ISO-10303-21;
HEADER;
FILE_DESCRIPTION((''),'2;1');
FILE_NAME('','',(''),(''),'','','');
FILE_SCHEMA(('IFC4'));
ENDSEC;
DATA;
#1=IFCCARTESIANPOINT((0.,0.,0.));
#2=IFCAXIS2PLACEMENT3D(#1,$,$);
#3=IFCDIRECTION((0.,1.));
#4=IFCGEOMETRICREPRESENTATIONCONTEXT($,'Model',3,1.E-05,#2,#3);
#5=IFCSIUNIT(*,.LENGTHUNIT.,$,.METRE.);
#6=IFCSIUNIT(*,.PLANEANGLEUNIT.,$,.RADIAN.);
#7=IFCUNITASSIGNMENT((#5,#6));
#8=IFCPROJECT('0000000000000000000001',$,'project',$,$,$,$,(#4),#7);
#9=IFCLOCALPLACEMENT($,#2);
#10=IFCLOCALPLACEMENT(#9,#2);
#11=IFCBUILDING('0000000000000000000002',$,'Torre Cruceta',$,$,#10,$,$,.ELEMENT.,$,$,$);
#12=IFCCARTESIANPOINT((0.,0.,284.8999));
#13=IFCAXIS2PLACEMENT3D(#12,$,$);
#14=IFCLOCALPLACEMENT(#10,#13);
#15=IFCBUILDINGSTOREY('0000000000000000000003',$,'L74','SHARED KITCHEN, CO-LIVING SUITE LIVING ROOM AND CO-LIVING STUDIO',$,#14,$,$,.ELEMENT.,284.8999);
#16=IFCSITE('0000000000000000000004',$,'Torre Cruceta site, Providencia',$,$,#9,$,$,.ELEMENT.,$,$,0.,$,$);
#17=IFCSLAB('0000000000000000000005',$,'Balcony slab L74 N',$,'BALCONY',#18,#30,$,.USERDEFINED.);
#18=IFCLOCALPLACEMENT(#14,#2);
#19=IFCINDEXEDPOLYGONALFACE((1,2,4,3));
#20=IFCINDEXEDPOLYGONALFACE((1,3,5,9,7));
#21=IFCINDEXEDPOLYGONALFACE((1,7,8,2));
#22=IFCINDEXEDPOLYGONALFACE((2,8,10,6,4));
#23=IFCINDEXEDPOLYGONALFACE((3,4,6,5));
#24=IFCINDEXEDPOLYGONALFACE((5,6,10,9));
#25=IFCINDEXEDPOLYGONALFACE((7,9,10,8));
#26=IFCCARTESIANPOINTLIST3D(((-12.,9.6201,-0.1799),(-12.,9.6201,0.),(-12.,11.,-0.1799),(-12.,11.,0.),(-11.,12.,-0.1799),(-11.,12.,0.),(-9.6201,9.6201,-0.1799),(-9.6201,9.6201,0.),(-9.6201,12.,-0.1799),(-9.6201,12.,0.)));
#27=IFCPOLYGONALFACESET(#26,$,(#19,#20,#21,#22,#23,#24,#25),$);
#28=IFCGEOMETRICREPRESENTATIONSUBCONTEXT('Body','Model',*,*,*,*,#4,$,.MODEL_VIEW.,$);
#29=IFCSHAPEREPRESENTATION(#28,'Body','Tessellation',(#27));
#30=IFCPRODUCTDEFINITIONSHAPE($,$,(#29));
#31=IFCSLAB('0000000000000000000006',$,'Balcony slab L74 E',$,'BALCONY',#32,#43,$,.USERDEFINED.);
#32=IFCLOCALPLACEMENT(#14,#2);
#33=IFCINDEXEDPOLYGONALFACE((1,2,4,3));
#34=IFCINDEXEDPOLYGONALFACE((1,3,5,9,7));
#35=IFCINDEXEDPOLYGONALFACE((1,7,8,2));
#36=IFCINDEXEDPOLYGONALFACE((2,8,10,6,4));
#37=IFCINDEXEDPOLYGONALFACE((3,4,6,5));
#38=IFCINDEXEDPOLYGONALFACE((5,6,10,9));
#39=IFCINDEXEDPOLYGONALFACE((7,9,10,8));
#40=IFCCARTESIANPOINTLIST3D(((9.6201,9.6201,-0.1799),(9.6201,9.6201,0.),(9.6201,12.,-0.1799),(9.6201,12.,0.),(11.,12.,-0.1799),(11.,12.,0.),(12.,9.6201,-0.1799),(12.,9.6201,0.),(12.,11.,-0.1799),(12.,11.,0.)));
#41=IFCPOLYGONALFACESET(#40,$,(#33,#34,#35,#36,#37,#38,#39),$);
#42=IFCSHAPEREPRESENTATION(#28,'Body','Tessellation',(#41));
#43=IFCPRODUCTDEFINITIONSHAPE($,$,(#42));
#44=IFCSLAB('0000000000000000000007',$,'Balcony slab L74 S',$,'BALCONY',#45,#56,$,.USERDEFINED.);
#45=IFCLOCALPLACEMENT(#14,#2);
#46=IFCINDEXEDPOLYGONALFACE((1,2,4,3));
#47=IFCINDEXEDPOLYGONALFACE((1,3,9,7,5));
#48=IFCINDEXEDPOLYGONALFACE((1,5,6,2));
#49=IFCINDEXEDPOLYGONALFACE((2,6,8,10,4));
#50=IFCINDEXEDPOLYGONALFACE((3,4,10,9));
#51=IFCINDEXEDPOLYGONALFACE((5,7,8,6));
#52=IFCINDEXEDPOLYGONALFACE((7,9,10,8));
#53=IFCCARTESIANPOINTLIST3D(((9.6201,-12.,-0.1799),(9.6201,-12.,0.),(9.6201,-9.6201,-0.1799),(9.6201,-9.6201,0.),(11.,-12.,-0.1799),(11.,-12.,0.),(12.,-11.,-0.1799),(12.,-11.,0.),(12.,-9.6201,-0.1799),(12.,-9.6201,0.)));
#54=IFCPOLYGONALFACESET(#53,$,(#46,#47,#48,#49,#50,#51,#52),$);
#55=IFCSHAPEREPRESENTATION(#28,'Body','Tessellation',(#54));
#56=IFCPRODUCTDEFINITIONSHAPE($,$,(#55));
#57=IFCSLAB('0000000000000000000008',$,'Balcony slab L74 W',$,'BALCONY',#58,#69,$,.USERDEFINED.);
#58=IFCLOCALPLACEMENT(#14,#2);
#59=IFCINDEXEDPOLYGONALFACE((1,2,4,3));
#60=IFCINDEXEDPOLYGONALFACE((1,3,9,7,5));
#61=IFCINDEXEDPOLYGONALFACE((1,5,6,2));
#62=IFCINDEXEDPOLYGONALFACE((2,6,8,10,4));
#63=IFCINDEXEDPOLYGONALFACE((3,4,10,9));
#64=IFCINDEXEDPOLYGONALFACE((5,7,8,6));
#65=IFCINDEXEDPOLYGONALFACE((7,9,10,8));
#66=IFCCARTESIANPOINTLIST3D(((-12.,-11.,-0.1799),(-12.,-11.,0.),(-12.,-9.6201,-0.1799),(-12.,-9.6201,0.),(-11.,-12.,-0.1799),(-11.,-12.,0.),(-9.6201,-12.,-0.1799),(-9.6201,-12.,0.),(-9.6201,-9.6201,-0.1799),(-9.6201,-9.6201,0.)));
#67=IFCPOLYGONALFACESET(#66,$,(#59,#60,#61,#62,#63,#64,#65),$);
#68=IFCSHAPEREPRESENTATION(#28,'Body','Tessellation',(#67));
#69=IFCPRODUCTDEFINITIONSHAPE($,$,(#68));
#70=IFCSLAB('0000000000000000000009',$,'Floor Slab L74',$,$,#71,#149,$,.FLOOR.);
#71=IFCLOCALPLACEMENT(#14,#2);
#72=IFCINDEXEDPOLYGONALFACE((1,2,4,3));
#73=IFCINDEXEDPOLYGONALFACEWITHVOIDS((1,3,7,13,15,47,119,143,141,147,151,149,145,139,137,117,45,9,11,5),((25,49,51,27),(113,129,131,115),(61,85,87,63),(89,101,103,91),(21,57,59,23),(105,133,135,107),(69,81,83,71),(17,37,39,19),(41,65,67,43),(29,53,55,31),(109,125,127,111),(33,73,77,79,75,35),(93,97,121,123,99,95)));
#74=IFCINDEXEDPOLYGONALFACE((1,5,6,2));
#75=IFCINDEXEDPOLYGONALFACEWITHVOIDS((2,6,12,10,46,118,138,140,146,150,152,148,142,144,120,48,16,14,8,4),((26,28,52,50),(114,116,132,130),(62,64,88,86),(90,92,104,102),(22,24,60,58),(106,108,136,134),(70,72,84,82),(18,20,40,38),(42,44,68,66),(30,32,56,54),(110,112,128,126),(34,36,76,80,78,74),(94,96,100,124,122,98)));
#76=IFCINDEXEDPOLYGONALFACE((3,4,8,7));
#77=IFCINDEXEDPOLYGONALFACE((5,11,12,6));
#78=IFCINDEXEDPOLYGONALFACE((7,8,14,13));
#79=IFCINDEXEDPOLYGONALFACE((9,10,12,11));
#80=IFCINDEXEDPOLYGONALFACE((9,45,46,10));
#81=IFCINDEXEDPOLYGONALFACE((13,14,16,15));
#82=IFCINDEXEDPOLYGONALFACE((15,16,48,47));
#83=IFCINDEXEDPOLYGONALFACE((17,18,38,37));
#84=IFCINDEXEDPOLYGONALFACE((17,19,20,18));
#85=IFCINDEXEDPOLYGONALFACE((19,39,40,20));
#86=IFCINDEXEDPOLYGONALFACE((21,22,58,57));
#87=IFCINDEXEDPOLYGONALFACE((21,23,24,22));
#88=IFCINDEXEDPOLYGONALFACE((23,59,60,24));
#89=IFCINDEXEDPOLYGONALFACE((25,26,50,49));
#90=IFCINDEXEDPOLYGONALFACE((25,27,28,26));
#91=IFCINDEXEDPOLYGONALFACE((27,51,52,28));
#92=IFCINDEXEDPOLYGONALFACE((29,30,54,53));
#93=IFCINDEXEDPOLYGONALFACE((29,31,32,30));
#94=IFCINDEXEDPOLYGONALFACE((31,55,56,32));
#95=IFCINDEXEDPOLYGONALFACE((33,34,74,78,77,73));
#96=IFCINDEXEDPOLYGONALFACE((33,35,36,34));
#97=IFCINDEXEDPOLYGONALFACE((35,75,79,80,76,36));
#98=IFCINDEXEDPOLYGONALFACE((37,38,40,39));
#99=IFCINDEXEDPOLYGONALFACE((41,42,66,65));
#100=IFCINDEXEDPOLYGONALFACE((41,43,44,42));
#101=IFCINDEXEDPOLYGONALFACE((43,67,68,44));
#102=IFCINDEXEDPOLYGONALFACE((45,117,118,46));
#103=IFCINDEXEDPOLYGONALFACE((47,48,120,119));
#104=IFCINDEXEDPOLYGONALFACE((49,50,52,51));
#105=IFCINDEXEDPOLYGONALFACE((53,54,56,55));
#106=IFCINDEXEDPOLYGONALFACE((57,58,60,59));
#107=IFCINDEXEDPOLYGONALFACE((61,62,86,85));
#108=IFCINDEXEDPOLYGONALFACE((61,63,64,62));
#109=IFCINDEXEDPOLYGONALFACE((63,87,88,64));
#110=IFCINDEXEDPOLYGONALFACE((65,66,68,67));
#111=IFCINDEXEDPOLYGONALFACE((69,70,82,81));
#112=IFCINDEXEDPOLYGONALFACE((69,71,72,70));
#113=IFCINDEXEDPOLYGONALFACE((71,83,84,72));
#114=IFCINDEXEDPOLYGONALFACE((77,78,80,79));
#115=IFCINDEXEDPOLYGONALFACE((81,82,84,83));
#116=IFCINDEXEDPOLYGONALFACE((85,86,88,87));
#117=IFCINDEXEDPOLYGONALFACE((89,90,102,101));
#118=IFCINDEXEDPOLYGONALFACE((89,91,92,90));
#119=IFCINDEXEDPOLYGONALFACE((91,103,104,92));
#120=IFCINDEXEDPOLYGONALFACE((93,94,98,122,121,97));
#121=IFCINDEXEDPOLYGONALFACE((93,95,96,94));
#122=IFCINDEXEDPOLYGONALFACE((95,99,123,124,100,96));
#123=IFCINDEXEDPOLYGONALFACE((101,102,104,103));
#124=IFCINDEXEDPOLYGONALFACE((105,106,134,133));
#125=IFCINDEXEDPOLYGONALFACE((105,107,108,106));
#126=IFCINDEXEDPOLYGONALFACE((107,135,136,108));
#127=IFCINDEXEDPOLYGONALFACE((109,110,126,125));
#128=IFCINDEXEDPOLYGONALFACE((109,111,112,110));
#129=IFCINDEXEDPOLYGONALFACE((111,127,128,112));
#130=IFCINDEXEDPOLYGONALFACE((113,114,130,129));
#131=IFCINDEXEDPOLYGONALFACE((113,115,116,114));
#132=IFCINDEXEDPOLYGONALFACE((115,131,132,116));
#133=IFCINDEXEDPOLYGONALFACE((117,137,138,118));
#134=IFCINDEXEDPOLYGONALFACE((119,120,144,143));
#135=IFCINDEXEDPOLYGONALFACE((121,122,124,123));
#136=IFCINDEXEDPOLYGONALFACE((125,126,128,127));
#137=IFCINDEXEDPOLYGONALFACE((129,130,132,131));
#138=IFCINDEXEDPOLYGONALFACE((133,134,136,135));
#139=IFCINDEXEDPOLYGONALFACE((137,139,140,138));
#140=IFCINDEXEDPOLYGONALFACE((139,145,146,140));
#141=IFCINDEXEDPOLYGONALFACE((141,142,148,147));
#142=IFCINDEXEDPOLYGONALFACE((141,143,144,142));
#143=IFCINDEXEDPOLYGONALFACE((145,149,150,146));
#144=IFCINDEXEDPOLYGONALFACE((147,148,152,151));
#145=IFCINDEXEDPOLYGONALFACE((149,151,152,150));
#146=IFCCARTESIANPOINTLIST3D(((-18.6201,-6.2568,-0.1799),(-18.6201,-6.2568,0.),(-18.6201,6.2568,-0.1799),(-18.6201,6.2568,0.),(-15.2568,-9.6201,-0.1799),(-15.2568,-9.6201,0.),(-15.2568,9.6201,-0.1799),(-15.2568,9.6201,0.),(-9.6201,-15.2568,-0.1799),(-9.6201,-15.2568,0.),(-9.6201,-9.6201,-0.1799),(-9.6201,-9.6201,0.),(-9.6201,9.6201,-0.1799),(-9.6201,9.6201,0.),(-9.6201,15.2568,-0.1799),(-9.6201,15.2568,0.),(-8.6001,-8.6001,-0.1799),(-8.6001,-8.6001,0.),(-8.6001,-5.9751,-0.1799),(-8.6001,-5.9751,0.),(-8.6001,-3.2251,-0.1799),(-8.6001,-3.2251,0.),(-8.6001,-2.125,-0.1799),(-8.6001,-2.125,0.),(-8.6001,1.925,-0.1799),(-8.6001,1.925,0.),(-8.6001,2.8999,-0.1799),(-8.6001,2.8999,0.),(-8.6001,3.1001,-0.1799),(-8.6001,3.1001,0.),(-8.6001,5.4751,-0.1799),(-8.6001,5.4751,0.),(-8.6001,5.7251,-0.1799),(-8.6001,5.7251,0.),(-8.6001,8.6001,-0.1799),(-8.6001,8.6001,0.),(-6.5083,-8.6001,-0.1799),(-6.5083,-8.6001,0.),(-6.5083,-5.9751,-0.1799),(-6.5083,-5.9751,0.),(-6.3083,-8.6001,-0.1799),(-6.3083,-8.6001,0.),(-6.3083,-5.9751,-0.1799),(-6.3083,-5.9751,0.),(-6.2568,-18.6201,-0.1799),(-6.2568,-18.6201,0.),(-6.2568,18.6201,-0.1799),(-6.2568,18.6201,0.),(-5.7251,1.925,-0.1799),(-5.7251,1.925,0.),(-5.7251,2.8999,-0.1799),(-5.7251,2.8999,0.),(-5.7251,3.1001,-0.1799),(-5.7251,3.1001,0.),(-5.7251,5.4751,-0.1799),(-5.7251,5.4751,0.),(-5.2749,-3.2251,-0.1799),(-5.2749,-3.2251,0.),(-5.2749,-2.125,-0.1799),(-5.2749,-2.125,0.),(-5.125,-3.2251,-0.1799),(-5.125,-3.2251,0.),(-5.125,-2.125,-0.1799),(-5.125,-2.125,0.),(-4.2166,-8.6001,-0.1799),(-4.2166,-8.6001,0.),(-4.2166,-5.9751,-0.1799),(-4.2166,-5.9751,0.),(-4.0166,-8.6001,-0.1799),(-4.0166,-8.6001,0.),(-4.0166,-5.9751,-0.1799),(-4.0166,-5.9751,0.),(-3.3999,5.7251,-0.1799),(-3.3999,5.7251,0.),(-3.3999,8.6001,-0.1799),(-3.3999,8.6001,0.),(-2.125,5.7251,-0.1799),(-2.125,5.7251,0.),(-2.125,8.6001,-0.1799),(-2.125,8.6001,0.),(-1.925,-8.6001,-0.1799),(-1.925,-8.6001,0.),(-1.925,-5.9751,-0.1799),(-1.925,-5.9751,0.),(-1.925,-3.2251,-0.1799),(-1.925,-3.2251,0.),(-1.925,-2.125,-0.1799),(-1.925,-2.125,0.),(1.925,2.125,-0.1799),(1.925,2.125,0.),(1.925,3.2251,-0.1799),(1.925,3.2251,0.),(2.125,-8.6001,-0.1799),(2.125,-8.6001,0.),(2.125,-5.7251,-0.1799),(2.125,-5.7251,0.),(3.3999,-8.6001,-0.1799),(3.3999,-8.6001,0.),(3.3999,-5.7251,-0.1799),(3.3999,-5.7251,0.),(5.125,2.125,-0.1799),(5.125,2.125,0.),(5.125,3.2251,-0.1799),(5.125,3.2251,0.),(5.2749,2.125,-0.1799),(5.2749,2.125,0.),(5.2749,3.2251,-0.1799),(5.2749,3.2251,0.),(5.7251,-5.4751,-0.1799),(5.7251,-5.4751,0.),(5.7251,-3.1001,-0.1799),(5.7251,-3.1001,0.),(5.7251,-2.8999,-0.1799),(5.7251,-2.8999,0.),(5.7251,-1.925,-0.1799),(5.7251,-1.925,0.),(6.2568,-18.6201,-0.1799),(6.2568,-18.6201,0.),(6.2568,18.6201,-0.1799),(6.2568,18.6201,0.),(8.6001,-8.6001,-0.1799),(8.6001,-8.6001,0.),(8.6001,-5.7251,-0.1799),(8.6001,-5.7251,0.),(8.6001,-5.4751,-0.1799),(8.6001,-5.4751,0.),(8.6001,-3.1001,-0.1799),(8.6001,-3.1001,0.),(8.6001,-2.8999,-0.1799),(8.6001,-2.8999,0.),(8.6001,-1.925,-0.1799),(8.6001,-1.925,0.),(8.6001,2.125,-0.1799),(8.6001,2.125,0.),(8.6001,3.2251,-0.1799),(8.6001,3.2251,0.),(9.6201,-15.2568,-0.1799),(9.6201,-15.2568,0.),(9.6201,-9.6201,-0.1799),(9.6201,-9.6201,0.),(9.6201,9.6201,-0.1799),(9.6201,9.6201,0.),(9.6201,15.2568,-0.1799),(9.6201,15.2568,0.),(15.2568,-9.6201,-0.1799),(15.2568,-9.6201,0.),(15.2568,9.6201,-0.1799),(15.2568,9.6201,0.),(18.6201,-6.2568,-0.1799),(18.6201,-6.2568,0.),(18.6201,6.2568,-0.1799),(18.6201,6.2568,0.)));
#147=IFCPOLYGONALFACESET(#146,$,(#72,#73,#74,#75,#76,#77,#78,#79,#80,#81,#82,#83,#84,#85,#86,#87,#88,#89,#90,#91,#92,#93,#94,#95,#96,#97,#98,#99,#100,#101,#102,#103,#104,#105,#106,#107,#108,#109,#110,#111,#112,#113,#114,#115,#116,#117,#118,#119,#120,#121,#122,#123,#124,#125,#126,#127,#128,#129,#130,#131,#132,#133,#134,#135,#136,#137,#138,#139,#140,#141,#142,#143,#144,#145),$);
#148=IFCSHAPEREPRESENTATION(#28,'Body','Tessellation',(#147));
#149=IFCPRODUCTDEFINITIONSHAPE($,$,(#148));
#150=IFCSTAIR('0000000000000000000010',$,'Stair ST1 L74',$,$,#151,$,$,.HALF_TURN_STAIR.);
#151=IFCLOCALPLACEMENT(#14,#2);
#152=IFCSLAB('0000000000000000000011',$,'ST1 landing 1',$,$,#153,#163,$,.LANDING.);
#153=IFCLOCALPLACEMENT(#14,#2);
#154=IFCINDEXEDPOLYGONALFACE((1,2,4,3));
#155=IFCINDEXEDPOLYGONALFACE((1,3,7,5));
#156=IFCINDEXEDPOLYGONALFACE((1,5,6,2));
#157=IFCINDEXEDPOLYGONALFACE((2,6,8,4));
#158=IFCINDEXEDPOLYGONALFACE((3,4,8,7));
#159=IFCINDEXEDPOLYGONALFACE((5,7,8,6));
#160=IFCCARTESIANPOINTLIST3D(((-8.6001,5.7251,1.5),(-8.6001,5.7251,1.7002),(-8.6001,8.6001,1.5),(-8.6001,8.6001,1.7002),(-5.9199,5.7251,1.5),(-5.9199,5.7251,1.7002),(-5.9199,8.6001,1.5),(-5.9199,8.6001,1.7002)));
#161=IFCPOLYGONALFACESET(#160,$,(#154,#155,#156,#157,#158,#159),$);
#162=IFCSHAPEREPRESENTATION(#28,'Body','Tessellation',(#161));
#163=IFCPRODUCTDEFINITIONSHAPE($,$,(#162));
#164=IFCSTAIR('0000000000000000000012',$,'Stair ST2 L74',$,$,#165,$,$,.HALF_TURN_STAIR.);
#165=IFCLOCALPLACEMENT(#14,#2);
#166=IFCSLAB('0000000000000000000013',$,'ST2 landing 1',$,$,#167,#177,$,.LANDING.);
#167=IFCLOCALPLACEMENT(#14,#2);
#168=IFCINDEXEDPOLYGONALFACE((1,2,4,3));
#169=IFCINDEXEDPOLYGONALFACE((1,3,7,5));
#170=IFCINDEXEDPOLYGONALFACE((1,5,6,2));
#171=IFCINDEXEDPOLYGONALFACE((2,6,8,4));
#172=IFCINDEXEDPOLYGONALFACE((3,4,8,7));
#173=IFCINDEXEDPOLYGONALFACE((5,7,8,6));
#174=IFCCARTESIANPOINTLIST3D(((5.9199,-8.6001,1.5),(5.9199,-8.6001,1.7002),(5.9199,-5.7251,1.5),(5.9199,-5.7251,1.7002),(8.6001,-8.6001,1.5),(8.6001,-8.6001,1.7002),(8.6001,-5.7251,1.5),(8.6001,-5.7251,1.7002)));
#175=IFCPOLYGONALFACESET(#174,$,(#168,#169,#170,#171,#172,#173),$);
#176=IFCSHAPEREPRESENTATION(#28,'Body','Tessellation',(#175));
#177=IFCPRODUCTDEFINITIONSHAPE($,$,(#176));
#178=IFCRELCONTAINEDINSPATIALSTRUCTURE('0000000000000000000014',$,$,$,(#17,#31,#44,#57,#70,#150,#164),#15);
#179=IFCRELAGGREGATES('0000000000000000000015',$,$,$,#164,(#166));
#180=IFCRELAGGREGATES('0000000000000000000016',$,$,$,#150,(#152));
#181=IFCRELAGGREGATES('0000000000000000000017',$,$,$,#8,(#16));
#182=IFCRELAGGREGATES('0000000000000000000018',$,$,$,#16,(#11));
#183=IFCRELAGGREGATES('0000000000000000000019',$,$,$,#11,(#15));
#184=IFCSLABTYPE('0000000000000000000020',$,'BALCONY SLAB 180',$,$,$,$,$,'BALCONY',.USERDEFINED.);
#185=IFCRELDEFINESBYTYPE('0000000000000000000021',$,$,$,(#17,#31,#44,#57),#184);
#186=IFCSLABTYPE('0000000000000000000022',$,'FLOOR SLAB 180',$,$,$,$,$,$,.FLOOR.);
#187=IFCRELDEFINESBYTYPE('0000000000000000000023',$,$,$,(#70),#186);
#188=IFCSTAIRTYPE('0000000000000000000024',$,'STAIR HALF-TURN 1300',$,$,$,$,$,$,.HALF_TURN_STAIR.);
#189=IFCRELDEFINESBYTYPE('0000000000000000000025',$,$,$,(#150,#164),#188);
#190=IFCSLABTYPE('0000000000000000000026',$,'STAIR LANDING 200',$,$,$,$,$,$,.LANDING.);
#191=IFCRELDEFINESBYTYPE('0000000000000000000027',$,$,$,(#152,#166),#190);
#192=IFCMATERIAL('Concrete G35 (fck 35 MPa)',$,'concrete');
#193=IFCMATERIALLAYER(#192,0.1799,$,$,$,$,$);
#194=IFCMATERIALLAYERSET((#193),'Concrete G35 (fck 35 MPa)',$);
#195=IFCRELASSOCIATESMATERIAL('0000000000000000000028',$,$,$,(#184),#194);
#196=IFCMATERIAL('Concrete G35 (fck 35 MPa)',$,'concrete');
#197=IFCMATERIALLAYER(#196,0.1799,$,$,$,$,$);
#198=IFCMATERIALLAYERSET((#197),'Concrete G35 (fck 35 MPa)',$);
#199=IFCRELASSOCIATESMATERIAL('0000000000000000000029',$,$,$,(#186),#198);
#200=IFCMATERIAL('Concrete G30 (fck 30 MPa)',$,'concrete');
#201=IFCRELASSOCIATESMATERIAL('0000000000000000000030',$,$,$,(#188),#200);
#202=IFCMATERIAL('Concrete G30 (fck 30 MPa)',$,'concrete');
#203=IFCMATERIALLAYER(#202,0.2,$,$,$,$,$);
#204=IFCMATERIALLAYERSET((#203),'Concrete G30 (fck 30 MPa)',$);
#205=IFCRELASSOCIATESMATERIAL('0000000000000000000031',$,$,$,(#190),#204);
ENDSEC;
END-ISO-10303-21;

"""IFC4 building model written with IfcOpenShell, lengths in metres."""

from ifc_helpers import new_model, si_unit, direction, frame, origin, place, context, subcontext, project, spatial, polyline, outline, extrude, material, layer, layer_set, type_object, element, aggregate, save


model = new_model("IFC4")

# Units and contexts
model_context = context("Model", 3, precision=1e-05, world=origin(), true_north=direction((0.0, 1.0)))
body_context = subcontext(model_context, "Body", "Model", "MODEL_VIEW")
ifc_project = project(units=[si_unit("LENGTHUNIT", "METRE"), si_unit("PLANEANGLEUNIT", "RADIAN")], contexts=[model_context])

# Site, building, storey
site_placement = place(None, origin())
site = spatial("IfcSite", under=ifc_project, at=site_placement, Name="Torre Cruceta site, Providencia", CompositionType="ELEMENT", RefElevation=0.0)
building_placement = place(site_placement, origin())
building = spatial("IfcBuilding", under=site, at=building_placement, Name="Torre Cruceta", CompositionType="ELEMENT")
storey_placement = place(building_placement, frame((0.0, 0.0, 284.8999)))
storey = spatial("IfcBuildingStorey", under=building, at=storey_placement, Name="L74", Description="SHARED KITCHEN, CO-LIVING SUITE LIVING ROOM AND CO-LIVING STUDIO", CompositionType="ELEMENT", Elevation=284.8999)

# Slabs
ifc_material_1 = material(Name="Concrete G35 (fck 35 MPa)", Category="concrete")
ifc_layer_1 = layer(ifc_material_1, 0.1799)
ifc_layer_set_1 = layer_set([ifc_layer_1], Name="Concrete G35 (fck 35 MPa)")
slab_type_1 = type_object("IfcSlabType", Name="BALCONY SLAB 180", ElementType="BALCONY", PredefinedType="USERDEFINED", material=ifc_layer_set_1)
slab_1_placement = place(storey_placement, frame((0.0, 0.0, -0.1799)))
element("IfcSlab", 1, at=slab_1_placement, inside=storey, type_object=slab_type_1, Name="Balcony slab L74 N", ObjectType="BALCONY", PredefinedType="USERDEFINED", context=body_context, shape_type="SweptSolid", body=[
    extrude(outline(polyline([(-12.0, 11.0), (-11.0, 12.0), (-9.6201, 12.0), (-9.6201, 9.6201), (-12.0, 9.6201), (-12.0, 11.0)])), origin(), (0.0, 0.0, 1.0), 0.1799),
])
slab_2_placement = place(storey_placement, frame((0.0, 0.0, -0.1799)))
element("IfcSlab", 2, at=slab_2_placement, inside=storey, type_object=slab_type_1, Name="Balcony slab L74 E", ObjectType="BALCONY", PredefinedType="USERDEFINED", context=body_context, shape_type="SweptSolid", body=[
    extrude(outline(polyline([(11.0, 12.0), (12.0, 11.0), (12.0, 9.6201), (9.6201, 9.6201), (9.6201, 12.0), (11.0, 12.0)])), origin(), (0.0, 0.0, 1.0), 0.1799),
])
slab_3_placement = place(storey_placement, frame((0.0, 0.0, -0.1799)))
element("IfcSlab", 3, at=slab_3_placement, inside=storey, type_object=slab_type_1, Name="Balcony slab L74 S", ObjectType="BALCONY", PredefinedType="USERDEFINED", context=body_context, shape_type="SweptSolid", body=[
    extrude(outline(polyline([(12.0, -11.0), (11.0, -12.0), (9.6201, -12.0), (9.6201, -9.6201), (12.0, -9.6201), (12.0, -11.0)])), origin(), (0.0, 0.0, 1.0), 0.1799),
])
slab_4_placement = place(storey_placement, frame((0.0, 0.0, -0.1799)))
element("IfcSlab", 4, at=slab_4_placement, inside=storey, type_object=slab_type_1, Name="Balcony slab L74 W", ObjectType="BALCONY", PredefinedType="USERDEFINED", context=body_context, shape_type="SweptSolid", body=[
    extrude(outline(polyline([(-11.0, -12.0), (-12.0, -11.0), (-12.0, -9.6201), (-9.6201, -9.6201), (-9.6201, -12.0), (-11.0, -12.0)])), origin(), (0.0, 0.0, 1.0), 0.1799),
])
ifc_material_2 = material(Name="Concrete G35 (fck 35 MPa)", Category="concrete")
ifc_layer_2 = layer(ifc_material_2, 0.1799)
ifc_layer_set_2 = layer_set([ifc_layer_2], Name="Concrete G35 (fck 35 MPa)")
slab_type_2 = type_object("IfcSlabType", Name="FLOOR SLAB 180", PredefinedType="FLOOR", material=ifc_layer_set_2)
slab_5_placement = place(storey_placement, frame((0.0, 0.0, -0.1799)))
element("IfcSlab", 5, at=slab_5_placement, inside=storey, type_object=slab_type_2, Name="Floor Slab L74", PredefinedType="FLOOR", context=body_context, shape_type="SweptSolid", body=[
    extrude(outline(polyline([(9.6201, -9.6201), (9.6201, -15.2568), (6.2568, -18.6201), (-6.2568, -18.6201), (-9.6201, -15.2568), (-9.6201, -9.6201), (-15.2568, -9.6201), (-18.6201, -6.2568), (-18.6201, 6.2568), (-15.2568, 9.6201), (-9.6201, 9.6201), (-9.6201, 15.2568), (-6.2568, 18.6201), (6.2568, 18.6201), (9.6201, 15.2568), (9.6201, 9.6201), (15.2568, 9.6201), (18.6201, 6.2568), (18.6201, -6.2568), (15.2568, -9.6201), (9.6201, -9.6201)]), holes=[polyline([(1.925, 2.125), (5.125, 2.125), (5.125, 3.2251), (1.925, 3.2251), (1.925, 2.125)]), polyline([(5.2749, 2.125), (8.6001, 2.125), (8.6001, 3.2251), (5.2749, 3.2251), (5.2749, 2.125)]), polyline([(-8.6001, 3.1001), (-5.7251, 3.1001), (-5.7251, 5.4751), (-8.6001, 5.4751), (-8.6001, 3.1001)]), polyline([(-8.6001, 1.925), (-5.7251, 1.925), (-5.7251, 2.8999), (-8.6001, 2.8999), (-8.6001, 1.925)]), polyline([(-4.0166, -8.6001), (-1.925, -8.6001), (-1.925, -5.9751), (-4.0166, -5.9751), (-4.0166, -8.6001)]), polyline([(-6.3083, -8.6001), (-4.2166, -8.6001), (-4.2166, -5.9751), (-6.3083, -5.9751), (-6.3083, -8.6001)]), polyline([(-8.6001, -8.6001), (-6.5083, -8.6001), (-6.5083, -5.9751), (-8.6001, -5.9751), (-8.6001, -8.6001)]), polyline([(-5.125, -3.2251), (-1.925, -3.2251), (-1.925, -2.125), (-5.125, -2.125), (-5.125, -3.2251)]), polyline([(-8.6001, -3.2251), (-5.2749, -3.2251), (-5.2749, -2.125), (-8.6001, -2.125), (-8.6001, -3.2251)]), polyline([(5.7251, -5.4751), (8.6001, -5.4751), (8.6001, -3.1001), (5.7251, -3.1001), (5.7251, -5.4751)]), polyline([(5.7251, -2.8999), (8.6001, -2.8999), (8.6001, -1.925), (5.7251, -1.925), (5.7251, -2.8999)]), polyline([(-8.6001, 5.7251), (-8.6001, 8.6001), (-3.3999, 8.6001), (-2.125, 8.6001), (-2.125, 5.7251), (-3.3999, 5.7251), (-8.6001, 5.7251)]), polyline([(2.125, -5.7251), (3.3999, -5.7251), (8.6001, -5.7251), (8.6001, -8.6001), (3.3999, -8.6001), (2.125, -8.6001), (2.125, -5.7251)])]), origin(), (0.0, 0.0, 1.0), 0.1799),
])

# Stairs, slabs
ifc_material_3 = material(Name="Concrete G30 (fck 30 MPa)", Category="concrete")
stair_type = type_object("IfcStairType", Name="STAIR HALF-TURN 1300", PredefinedType="HALF_TURN_STAIR", material=ifc_material_3)
stair_1_placement = place(storey_placement, origin())
stair_1 = element("IfcStair", 6, at=stair_1_placement, inside=storey, type_object=stair_type, Name="Stair ST1 L74", PredefinedType="HALF_TURN_STAIR")
ifc_material_4 = material(Name="Concrete G30 (fck 30 MPa)", Category="concrete")
ifc_layer_3 = layer(ifc_material_4, 0.2)
ifc_layer_set_3 = layer_set([ifc_layer_3], Name="Concrete G30 (fck 30 MPa)")
slab_type_3 = type_object("IfcSlabType", Name="STAIR LANDING 200", PredefinedType="LANDING", material=ifc_layer_set_3)
slab_6_placement = place(storey_placement, frame((0.0, 0.0, 1.5)))
slab_6 = element("IfcSlab", 7, at=slab_6_placement, type_object=slab_type_3, Name="ST1 landing 1", PredefinedType="LANDING", context=body_context, shape_type="SweptSolid", body=[
    extrude(outline(polyline([(-8.6001, 5.7251), (-5.9199, 5.7251), (-5.9199, 8.6001), (-8.6001, 8.6001), (-8.6001, 5.7251)])), origin(), (0.0, 0.0, 1.0), 0.2002),
])
stair_2_placement = place(storey_placement, origin())
stair_2 = element("IfcStair", 8, at=stair_2_placement, inside=storey, type_object=stair_type, Name="Stair ST2 L74", PredefinedType="HALF_TURN_STAIR")
slab_7_placement = place(storey_placement, frame((0.0, 0.0, 1.5)))
slab_7 = element("IfcSlab", 9, at=slab_7_placement, type_object=slab_type_3, Name="ST2 landing 1", PredefinedType="LANDING", context=body_context, shape_type="SweptSolid", body=[
    extrude(outline(polyline([(5.9199, -8.6001), (8.6001, -8.6001), (8.6001, -5.7251), (5.9199, -5.7251), (5.9199, -8.6001)])), origin(), (0.0, 0.0, 1.0), 0.2002),
])
aggregate(stair_2, [slab_7])

aggregate(stair_1, [slab_6])

save(model, "model.ifc")
